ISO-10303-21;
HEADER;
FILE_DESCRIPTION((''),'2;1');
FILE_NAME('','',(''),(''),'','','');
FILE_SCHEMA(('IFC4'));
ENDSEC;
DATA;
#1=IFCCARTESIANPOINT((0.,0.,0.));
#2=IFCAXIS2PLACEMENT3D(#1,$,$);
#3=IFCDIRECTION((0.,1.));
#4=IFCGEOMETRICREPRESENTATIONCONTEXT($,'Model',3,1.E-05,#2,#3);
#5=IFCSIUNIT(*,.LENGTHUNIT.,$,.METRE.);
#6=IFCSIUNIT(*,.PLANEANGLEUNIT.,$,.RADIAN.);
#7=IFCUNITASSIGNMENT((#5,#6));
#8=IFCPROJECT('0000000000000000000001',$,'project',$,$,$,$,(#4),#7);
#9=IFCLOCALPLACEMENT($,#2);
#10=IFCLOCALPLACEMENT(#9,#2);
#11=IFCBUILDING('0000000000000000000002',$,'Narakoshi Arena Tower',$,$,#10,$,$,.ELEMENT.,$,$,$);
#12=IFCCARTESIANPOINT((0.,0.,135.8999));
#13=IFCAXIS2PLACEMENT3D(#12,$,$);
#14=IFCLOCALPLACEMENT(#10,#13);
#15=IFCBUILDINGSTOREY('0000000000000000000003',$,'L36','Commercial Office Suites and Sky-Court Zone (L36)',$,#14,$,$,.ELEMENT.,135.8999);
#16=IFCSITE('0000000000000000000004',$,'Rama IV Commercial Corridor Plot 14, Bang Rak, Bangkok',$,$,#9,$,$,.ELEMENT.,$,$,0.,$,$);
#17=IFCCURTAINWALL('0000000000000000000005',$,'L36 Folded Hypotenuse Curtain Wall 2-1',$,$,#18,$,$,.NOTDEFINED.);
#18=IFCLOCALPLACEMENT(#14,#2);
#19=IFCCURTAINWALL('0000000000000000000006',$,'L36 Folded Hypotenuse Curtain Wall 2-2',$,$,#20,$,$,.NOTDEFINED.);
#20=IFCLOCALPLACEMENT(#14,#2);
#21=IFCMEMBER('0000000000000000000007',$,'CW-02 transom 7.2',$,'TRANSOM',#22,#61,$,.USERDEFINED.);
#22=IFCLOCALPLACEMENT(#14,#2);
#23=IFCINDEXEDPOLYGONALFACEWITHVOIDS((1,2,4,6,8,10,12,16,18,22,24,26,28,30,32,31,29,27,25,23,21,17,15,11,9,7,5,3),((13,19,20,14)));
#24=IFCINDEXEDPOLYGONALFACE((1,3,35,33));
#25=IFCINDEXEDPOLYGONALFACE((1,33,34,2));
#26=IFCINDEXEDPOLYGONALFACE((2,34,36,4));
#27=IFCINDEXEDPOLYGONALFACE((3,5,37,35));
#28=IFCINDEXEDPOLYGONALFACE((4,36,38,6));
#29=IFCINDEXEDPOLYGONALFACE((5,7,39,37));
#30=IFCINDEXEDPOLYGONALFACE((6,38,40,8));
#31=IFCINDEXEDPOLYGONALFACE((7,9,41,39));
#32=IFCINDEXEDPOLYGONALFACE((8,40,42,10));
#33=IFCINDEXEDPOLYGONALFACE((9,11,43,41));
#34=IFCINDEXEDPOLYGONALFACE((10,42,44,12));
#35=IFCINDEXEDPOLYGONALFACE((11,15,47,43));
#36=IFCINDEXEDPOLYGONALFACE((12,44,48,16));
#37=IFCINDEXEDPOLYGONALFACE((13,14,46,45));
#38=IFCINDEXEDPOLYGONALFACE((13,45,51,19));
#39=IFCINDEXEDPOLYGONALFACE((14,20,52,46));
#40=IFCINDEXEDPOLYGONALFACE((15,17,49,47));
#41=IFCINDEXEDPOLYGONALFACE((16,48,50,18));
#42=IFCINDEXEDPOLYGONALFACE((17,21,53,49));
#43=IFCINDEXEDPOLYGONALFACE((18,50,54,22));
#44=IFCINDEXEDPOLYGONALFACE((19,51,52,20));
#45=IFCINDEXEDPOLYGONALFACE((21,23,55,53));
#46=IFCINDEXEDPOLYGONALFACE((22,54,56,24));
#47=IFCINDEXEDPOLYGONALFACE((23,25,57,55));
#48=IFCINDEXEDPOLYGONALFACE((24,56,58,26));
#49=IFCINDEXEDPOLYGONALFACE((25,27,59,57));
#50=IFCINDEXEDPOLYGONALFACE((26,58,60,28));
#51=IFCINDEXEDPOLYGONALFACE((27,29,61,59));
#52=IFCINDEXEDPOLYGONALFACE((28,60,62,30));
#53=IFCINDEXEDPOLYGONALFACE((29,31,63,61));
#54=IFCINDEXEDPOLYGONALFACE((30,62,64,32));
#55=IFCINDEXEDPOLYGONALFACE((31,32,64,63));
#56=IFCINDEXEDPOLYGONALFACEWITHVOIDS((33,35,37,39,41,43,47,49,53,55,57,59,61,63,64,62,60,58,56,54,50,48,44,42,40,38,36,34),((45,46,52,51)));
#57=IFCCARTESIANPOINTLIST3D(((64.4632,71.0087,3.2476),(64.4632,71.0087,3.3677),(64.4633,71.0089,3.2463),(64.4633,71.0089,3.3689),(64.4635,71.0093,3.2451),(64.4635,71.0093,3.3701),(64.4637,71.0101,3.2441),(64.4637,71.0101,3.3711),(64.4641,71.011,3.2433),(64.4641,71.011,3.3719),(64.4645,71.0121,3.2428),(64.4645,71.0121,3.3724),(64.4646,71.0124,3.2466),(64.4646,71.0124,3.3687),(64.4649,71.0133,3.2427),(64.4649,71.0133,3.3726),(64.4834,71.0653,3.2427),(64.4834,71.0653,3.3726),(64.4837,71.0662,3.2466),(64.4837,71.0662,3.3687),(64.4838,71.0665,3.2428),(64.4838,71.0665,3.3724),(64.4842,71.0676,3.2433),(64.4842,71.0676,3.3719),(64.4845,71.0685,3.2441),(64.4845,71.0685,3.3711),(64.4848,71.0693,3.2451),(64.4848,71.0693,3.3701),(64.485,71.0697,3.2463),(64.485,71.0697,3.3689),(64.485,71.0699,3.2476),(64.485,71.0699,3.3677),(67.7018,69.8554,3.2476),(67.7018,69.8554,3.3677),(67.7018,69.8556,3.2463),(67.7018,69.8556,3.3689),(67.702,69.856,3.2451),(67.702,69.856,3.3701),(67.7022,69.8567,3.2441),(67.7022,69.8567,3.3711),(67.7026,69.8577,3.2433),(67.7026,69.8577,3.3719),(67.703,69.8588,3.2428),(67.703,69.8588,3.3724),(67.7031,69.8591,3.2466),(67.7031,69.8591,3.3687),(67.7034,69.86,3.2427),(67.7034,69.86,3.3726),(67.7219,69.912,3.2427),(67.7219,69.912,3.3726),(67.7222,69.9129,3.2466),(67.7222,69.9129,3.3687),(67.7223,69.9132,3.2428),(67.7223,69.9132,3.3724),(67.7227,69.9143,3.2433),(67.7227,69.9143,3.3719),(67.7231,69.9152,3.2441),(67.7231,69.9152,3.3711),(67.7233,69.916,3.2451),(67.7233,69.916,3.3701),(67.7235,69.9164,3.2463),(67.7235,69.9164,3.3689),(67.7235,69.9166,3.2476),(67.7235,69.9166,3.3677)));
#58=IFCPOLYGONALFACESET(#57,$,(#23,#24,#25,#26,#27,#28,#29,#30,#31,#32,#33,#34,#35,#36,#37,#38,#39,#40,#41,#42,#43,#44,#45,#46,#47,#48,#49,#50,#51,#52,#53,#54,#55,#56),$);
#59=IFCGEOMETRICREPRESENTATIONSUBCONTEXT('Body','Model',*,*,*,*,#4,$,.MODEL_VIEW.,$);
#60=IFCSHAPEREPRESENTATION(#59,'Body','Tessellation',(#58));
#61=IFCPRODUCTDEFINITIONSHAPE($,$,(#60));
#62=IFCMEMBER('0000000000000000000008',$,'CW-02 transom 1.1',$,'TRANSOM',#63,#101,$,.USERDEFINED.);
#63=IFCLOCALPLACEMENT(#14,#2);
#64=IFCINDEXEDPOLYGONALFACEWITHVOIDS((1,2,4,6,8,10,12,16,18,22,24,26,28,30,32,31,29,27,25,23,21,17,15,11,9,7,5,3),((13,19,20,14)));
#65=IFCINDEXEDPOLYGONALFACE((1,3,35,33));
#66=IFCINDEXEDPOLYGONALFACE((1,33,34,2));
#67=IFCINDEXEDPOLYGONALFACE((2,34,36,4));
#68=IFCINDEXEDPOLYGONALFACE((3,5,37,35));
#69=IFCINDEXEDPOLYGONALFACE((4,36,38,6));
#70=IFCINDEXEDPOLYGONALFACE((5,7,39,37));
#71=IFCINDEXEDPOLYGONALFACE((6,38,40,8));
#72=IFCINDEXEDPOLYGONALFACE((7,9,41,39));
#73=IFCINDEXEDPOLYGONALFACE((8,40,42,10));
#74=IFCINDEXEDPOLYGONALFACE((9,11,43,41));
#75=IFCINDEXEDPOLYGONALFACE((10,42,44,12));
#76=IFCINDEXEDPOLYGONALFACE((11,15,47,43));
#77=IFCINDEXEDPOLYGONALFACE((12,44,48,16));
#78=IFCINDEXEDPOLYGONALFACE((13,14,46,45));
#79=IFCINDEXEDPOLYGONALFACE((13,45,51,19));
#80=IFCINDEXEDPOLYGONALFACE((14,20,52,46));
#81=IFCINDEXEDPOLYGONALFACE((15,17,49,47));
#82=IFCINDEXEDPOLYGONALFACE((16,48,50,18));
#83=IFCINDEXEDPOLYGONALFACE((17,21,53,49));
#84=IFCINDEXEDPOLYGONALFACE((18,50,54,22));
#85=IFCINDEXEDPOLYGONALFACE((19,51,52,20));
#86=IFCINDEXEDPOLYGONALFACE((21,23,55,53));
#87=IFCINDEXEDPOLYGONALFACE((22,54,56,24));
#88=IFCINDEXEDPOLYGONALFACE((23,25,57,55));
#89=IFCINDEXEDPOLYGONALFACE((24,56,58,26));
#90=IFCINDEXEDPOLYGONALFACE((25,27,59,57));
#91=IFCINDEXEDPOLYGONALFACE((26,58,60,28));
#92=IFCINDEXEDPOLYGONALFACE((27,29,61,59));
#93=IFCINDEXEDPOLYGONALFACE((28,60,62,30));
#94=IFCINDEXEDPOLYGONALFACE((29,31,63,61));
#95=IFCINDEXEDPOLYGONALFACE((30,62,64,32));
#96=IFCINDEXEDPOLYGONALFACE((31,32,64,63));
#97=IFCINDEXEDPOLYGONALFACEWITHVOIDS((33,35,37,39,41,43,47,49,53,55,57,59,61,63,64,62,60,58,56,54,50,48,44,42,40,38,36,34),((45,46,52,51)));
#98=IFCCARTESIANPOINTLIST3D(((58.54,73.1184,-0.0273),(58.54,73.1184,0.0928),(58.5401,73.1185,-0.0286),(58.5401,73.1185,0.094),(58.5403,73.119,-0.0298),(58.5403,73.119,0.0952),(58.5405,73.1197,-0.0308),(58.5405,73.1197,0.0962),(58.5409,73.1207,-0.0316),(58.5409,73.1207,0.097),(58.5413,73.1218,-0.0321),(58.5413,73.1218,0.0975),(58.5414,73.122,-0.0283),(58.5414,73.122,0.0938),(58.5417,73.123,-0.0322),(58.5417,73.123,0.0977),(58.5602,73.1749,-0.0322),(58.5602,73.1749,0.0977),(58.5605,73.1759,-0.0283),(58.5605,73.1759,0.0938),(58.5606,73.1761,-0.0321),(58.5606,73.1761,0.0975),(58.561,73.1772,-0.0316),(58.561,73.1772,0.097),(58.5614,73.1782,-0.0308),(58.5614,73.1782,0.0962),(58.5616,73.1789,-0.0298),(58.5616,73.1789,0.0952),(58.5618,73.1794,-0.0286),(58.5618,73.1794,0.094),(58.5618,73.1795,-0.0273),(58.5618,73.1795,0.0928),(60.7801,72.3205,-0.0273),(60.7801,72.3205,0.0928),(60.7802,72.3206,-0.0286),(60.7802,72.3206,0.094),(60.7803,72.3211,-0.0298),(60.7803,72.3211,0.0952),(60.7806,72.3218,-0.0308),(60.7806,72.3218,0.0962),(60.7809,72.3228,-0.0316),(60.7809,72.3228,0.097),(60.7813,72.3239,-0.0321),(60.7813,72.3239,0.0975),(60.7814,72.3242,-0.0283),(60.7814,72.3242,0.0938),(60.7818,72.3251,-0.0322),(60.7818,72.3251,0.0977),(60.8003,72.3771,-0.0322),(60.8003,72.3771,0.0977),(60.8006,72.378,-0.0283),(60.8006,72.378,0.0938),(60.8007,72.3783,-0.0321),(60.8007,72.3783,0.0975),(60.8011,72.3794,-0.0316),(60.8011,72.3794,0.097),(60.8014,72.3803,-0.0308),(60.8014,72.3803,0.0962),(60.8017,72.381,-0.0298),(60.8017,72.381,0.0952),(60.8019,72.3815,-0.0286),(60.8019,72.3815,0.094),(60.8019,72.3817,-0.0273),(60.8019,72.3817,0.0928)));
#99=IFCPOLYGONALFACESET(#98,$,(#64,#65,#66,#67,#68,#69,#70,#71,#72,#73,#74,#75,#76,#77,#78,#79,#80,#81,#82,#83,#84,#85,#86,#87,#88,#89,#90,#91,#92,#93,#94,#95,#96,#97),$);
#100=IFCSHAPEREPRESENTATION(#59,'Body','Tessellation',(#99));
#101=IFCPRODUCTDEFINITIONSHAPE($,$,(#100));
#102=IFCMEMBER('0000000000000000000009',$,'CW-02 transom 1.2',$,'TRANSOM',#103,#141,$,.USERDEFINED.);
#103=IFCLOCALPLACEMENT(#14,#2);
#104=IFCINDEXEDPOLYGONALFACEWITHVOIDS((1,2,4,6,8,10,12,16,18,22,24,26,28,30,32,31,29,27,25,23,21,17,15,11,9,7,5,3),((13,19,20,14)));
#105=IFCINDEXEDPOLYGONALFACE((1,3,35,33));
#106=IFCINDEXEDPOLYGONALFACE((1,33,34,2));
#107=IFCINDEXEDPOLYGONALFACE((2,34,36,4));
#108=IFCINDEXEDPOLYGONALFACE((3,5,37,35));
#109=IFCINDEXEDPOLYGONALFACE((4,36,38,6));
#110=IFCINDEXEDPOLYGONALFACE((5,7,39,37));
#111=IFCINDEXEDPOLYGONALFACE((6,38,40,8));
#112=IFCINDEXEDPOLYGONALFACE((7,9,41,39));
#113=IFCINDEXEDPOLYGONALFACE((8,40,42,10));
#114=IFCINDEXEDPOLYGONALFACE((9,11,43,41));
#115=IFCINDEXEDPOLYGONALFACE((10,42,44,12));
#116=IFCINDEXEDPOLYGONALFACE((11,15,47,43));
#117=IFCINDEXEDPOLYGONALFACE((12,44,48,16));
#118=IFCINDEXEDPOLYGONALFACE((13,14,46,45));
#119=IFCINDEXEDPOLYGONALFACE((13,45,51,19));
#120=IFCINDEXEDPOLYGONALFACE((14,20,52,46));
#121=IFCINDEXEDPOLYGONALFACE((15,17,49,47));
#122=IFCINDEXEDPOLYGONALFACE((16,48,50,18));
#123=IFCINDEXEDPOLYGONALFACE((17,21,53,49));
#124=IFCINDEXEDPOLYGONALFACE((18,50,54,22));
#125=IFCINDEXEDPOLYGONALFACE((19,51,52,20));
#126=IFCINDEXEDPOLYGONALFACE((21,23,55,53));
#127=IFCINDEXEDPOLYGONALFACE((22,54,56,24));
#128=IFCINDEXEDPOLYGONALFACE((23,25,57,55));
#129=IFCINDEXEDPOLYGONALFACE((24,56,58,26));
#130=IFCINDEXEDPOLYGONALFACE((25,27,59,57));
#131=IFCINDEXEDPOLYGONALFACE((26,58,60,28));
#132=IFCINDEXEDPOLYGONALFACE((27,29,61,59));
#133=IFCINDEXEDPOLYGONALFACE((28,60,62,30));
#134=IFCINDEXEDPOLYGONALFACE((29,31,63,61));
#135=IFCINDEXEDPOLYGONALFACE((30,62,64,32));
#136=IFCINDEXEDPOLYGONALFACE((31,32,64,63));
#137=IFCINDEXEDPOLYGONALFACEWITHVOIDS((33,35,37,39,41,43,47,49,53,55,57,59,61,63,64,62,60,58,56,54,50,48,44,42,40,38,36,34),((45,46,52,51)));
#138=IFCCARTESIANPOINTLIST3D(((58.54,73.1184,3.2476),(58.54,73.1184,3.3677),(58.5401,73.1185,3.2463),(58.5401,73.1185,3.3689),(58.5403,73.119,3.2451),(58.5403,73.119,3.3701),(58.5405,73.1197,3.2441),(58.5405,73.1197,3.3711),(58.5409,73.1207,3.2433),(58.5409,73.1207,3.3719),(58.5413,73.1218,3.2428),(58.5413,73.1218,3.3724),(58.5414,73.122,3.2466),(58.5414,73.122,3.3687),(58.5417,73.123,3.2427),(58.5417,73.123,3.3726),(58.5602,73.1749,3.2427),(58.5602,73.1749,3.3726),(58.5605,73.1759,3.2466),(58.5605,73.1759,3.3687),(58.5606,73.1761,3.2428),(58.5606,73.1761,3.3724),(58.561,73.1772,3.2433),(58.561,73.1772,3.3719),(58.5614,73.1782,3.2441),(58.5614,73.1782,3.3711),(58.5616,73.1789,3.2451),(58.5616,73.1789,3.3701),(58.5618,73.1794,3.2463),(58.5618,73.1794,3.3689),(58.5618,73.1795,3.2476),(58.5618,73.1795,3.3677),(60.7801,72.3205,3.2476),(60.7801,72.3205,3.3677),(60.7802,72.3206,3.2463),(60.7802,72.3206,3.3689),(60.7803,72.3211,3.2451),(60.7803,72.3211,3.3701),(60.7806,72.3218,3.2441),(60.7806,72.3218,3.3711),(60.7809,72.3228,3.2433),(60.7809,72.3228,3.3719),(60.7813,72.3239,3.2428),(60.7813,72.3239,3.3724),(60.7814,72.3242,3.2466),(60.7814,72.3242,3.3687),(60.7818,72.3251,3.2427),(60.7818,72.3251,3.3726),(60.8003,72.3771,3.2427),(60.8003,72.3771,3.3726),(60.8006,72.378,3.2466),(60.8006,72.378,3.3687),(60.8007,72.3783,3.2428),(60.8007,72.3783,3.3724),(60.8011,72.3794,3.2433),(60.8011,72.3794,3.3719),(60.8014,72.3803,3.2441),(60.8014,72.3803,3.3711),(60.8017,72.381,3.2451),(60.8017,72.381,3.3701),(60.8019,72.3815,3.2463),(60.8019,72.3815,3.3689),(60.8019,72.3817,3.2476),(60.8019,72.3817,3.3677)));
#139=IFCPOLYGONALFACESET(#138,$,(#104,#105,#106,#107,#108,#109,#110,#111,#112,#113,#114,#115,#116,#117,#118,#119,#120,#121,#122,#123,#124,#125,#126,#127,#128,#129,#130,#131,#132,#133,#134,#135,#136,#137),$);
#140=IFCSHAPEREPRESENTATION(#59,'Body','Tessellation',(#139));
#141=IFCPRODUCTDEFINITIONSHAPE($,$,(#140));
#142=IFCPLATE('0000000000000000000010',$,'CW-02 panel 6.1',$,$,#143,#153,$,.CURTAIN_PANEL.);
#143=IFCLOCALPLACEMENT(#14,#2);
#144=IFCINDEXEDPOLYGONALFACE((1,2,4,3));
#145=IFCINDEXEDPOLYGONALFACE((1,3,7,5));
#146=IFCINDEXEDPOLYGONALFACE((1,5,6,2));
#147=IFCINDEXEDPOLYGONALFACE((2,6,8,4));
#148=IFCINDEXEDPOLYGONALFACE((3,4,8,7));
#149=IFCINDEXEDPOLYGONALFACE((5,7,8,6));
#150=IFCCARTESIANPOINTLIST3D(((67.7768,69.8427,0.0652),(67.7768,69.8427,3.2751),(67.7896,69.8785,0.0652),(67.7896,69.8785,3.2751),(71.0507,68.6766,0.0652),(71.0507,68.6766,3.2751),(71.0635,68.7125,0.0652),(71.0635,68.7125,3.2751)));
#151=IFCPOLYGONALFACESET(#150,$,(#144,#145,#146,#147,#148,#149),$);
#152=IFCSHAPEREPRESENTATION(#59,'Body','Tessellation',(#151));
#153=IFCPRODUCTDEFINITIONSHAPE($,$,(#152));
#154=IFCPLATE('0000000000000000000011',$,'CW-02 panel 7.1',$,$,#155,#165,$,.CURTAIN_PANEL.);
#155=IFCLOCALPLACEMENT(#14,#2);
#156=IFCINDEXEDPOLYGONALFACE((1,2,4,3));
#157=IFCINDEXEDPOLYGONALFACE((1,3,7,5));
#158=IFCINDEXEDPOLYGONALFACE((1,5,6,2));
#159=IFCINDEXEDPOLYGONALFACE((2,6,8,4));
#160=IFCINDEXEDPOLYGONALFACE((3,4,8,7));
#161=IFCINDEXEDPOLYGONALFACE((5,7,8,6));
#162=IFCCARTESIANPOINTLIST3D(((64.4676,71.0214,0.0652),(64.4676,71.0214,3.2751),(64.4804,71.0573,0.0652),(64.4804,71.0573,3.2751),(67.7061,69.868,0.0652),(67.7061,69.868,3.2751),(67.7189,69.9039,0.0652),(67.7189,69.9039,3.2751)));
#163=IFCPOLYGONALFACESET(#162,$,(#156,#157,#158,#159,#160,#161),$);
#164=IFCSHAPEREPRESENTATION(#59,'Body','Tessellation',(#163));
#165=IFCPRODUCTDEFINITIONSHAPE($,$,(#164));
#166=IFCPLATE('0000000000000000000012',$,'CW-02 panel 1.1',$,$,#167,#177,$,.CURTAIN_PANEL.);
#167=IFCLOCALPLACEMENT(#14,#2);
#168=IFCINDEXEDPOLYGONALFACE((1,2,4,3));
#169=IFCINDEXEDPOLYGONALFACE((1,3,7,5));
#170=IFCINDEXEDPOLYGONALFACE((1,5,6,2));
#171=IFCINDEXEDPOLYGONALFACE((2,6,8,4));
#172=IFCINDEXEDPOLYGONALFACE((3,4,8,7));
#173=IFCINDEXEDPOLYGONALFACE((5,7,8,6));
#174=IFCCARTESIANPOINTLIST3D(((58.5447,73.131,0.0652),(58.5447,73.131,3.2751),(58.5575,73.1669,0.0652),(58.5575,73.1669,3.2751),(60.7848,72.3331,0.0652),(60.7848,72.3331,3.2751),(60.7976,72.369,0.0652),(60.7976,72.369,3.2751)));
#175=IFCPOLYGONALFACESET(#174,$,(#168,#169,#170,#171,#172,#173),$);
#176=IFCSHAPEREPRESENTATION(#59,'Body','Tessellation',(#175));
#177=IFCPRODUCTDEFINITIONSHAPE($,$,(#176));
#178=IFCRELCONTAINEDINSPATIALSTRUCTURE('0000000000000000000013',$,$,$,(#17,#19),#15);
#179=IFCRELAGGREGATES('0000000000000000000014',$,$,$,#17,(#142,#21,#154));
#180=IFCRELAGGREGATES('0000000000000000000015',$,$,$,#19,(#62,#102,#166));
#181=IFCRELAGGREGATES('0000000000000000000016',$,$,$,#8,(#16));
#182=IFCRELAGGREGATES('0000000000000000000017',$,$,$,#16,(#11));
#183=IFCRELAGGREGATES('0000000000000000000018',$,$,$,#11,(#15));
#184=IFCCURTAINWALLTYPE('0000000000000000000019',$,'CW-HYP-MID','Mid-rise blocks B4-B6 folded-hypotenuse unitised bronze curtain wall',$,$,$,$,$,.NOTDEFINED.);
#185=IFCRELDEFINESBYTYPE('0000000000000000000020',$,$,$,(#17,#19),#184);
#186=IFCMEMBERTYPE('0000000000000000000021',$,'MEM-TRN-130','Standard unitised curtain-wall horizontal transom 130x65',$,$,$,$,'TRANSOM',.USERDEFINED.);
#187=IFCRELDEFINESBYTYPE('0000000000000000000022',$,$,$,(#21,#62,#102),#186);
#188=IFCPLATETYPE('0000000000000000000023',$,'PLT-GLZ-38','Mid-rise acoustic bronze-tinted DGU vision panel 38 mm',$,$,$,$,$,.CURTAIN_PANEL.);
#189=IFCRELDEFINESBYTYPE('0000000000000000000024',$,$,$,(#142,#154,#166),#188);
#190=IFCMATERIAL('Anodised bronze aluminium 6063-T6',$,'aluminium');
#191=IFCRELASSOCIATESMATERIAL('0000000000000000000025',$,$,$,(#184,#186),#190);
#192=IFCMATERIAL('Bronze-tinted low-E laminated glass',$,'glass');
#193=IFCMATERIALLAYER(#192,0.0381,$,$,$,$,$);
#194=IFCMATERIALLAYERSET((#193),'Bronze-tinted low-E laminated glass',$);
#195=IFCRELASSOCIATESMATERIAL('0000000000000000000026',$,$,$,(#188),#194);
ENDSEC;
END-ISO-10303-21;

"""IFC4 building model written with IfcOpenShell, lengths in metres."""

from ifc_helpers import new_model, si_unit, direction, frame, origin, origin_2d, place, context, subcontext, project, spatial, rectangle, hollow_rectangle, extrude, material, layer, layer_set, material_profile, profile_set, type_object, element, aggregate, save


model = new_model("IFC4")

# Units and contexts
model_context = context("Model", 3, precision=1e-05, world=origin(), true_north=direction((0.0, 1.0)))
body_context = subcontext(model_context, "Body", "Model", "MODEL_VIEW")
ifc_project = project(units=[si_unit("LENGTHUNIT", "METRE"), si_unit("PLANEANGLEUNIT", "RADIAN")], contexts=[model_context])

# Site, building, storey
site_placement = place(None, origin())
site = spatial("IfcSite", under=ifc_project, at=site_placement, Name="Rama IV Commercial Corridor Plot 14, Bang Rak, Bangkok", CompositionType="ELEMENT", RefElevation=0.0)
building_placement = place(site_placement, origin())
building = spatial("IfcBuilding", under=site, at=building_placement, Name="Narakoshi Arena Tower", CompositionType="ELEMENT")
storey_placement = place(building_placement, frame((0.0, 0.0, 135.8999)))
storey = spatial("IfcBuildingStorey", under=building, at=storey_placement, Name="L36", Description="Commercial Office Suites and Sky-Court Zone (L36)", CompositionType="ELEMENT", Elevation=135.8999)

# Curtain walls
ifc_material_1 = material(Name="Anodised bronze aluminium 6063-T6", Category="aluminium")
curtain_wall_type = type_object("IfcCurtainWallType", Name="CW-HYP-MID", Description="Mid-rise blocks B4-B6 folded-hypotenuse unitised bronze curtain wall", PredefinedType="NOTDEFINED", material=ifc_material_1)
curtain_wall_1_placement = place(storey_placement, origin())
curtain_wall_1 = element("IfcCurtainWall", 1, at=curtain_wall_1_placement, inside=storey, type_object=curtain_wall_type, Name="L36 Folded Hypotenuse Curtain Wall 2-1", PredefinedType="NOTDEFINED")
curtain_wall_2_placement = place(storey_placement, origin())
curtain_wall_2 = element("IfcCurtainWall", 2, at=curtain_wall_2_placement, inside=storey, type_object=curtain_wall_type, Name="L36 Folded Hypotenuse Curtain Wall 2-2", PredefinedType="NOTDEFINED")

# Members
ifc_material_profile_1 = material_profile(ifc_material_1, hollow_rectangle(XDim=0.0649, YDim=0.1299, WallThickness=0.0039, OuterFilletRadius=0.0049, at=origin_2d()), Name="TRN130x65x4")
ifc_profile_set_1 = profile_set([ifc_material_profile_1], Name="Anodised bronze aluminium 6063-T6")
member_type_1 = type_object("IfcMemberType", Name="MEM-TRN-130", Description="Standard unitised curtain-wall horizontal transom 130x65", ElementType="TRANSOM", PredefinedType="USERDEFINED", material=ifc_profile_set_1)
member_1_placement = place(storey_placement, frame((67.7126, 69.886, 3.3076), z_axis=(-0.942045, 0.335486, 0.0), x_axis=(-0.335486, -0.942045, 0.0)))
member_1 = element("IfcMember", 3, at=member_1_placement, type_object=member_type_1, Name="CW-02 transom 7.2", ObjectType="TRANSOM", PredefinedType="USERDEFINED", context=body_context, shape_type="SweptSolid", body=[
    extrude(hollow_rectangle(XDim=0.0649, YDim=0.1299, WallThickness=0.0039, OuterFilletRadius=0.0049, at=origin_2d()), origin(), (0.0, 0.0, 1.0), 3.4377),
])
member_2_placement = place(storey_placement, frame((60.791, 72.3511, 0.0327), z_axis=(-0.942027, 0.335536, 0.0), x_axis=(-0.335536, -0.942027, 0.0)))
member_2 = element("IfcMember", 4, at=member_2_placement, type_object=member_type_1, Name="CW-02 transom 1.1", ObjectType="TRANSOM", PredefinedType="USERDEFINED", context=body_context, shape_type="SweptSolid", body=[
    extrude(hollow_rectangle(XDim=0.0649, YDim=0.1299, WallThickness=0.0039, OuterFilletRadius=0.0049, at=origin_2d()), origin(), (0.0, 0.0, 1.0), 2.3779),
])
member_3_placement = place(storey_placement, frame((60.791, 72.3511, 3.3076), z_axis=(-0.942027, 0.335536, 0.0), x_axis=(-0.335536, -0.942027, 0.0)))
member_3 = element("IfcMember", 5, at=member_3_placement, type_object=member_type_1, Name="CW-02 transom 1.2", ObjectType="TRANSOM", PredefinedType="USERDEFINED", context=body_context, shape_type="SweptSolid", body=[
    extrude(hollow_rectangle(XDim=0.0649, YDim=0.1299, WallThickness=0.0039, OuterFilletRadius=0.0049, at=origin_2d()), origin(), (0.0, 0.0, 1.0), 2.3779),
])

# Plates
ifc_material_2 = material(Name="Bronze-tinted low-E laminated glass", Category="glass")
ifc_layer_1 = layer(ifc_material_2, 0.0381)
ifc_layer_set_1 = layer_set([ifc_layer_1], Name="Bronze-tinted low-E laminated glass")
plate_type = type_object("IfcPlateType", Name="PLT-GLZ-38", Description="Mid-rise acoustic bronze-tinted DGU vision panel 38 mm", PredefinedType="CURTAIN_PANEL", material=ifc_layer_set_1)
plate_1_placement = place(storey_placement, frame((69.4202, 69.2776, 0.0652), z_axis=(0.0, 0.0, 1.0), x_axis=(-0.942034, 0.335518, 0.0)))
plate_1 = element("IfcPlate", 6, at=plate_1_placement, type_object=plate_type, Name="CW-02 panel 6.1", PredefinedType="CURTAIN_PANEL", context=body_context, shape_type="SweptSolid", body=[
    extrude(rectangle(XDim=3.4753, YDim=0.0381, at=origin_2d()), origin(), (0.0, 0.0, 1.0), 3.21),
])
plate_2_placement = place(storey_placement, frame((66.0933, 70.4626, 0.0652), z_axis=(0.0, 0.0, 1.0), x_axis=(-0.942034, 0.335518, 0.0)))
plate_2 = element("IfcPlate", 7, at=plate_2_placement, type_object=plate_type, Name="CW-02 panel 7.1", PredefinedType="CURTAIN_PANEL", context=body_context, shape_type="SweptSolid", body=[
    extrude(rectangle(XDim=3.4377, YDim=0.0381, at=origin_2d()), origin(), (0.0, 0.0, 1.0), 3.21),
])
aggregate(curtain_wall_1, [plate_1, member_1, plate_2])
plate_3_placement = place(storey_placement, frame((59.6711, 72.75, 0.0652), z_axis=(0.0, 0.0, 1.0), x_axis=(-0.942025, 0.335542, 0.0)))
plate_3 = element("IfcPlate", 8, at=plate_3_placement, type_object=plate_type, Name="CW-02 panel 1.1", PredefinedType="CURTAIN_PANEL", context=body_context, shape_type="SweptSolid", body=[
    extrude(rectangle(XDim=2.3779, YDim=0.0381, at=origin_2d()), origin(), (0.0, 0.0, 1.0), 3.21),
])
aggregate(curtain_wall_2, [member_2, member_3, plate_3])

save(model, "model.ifc")
